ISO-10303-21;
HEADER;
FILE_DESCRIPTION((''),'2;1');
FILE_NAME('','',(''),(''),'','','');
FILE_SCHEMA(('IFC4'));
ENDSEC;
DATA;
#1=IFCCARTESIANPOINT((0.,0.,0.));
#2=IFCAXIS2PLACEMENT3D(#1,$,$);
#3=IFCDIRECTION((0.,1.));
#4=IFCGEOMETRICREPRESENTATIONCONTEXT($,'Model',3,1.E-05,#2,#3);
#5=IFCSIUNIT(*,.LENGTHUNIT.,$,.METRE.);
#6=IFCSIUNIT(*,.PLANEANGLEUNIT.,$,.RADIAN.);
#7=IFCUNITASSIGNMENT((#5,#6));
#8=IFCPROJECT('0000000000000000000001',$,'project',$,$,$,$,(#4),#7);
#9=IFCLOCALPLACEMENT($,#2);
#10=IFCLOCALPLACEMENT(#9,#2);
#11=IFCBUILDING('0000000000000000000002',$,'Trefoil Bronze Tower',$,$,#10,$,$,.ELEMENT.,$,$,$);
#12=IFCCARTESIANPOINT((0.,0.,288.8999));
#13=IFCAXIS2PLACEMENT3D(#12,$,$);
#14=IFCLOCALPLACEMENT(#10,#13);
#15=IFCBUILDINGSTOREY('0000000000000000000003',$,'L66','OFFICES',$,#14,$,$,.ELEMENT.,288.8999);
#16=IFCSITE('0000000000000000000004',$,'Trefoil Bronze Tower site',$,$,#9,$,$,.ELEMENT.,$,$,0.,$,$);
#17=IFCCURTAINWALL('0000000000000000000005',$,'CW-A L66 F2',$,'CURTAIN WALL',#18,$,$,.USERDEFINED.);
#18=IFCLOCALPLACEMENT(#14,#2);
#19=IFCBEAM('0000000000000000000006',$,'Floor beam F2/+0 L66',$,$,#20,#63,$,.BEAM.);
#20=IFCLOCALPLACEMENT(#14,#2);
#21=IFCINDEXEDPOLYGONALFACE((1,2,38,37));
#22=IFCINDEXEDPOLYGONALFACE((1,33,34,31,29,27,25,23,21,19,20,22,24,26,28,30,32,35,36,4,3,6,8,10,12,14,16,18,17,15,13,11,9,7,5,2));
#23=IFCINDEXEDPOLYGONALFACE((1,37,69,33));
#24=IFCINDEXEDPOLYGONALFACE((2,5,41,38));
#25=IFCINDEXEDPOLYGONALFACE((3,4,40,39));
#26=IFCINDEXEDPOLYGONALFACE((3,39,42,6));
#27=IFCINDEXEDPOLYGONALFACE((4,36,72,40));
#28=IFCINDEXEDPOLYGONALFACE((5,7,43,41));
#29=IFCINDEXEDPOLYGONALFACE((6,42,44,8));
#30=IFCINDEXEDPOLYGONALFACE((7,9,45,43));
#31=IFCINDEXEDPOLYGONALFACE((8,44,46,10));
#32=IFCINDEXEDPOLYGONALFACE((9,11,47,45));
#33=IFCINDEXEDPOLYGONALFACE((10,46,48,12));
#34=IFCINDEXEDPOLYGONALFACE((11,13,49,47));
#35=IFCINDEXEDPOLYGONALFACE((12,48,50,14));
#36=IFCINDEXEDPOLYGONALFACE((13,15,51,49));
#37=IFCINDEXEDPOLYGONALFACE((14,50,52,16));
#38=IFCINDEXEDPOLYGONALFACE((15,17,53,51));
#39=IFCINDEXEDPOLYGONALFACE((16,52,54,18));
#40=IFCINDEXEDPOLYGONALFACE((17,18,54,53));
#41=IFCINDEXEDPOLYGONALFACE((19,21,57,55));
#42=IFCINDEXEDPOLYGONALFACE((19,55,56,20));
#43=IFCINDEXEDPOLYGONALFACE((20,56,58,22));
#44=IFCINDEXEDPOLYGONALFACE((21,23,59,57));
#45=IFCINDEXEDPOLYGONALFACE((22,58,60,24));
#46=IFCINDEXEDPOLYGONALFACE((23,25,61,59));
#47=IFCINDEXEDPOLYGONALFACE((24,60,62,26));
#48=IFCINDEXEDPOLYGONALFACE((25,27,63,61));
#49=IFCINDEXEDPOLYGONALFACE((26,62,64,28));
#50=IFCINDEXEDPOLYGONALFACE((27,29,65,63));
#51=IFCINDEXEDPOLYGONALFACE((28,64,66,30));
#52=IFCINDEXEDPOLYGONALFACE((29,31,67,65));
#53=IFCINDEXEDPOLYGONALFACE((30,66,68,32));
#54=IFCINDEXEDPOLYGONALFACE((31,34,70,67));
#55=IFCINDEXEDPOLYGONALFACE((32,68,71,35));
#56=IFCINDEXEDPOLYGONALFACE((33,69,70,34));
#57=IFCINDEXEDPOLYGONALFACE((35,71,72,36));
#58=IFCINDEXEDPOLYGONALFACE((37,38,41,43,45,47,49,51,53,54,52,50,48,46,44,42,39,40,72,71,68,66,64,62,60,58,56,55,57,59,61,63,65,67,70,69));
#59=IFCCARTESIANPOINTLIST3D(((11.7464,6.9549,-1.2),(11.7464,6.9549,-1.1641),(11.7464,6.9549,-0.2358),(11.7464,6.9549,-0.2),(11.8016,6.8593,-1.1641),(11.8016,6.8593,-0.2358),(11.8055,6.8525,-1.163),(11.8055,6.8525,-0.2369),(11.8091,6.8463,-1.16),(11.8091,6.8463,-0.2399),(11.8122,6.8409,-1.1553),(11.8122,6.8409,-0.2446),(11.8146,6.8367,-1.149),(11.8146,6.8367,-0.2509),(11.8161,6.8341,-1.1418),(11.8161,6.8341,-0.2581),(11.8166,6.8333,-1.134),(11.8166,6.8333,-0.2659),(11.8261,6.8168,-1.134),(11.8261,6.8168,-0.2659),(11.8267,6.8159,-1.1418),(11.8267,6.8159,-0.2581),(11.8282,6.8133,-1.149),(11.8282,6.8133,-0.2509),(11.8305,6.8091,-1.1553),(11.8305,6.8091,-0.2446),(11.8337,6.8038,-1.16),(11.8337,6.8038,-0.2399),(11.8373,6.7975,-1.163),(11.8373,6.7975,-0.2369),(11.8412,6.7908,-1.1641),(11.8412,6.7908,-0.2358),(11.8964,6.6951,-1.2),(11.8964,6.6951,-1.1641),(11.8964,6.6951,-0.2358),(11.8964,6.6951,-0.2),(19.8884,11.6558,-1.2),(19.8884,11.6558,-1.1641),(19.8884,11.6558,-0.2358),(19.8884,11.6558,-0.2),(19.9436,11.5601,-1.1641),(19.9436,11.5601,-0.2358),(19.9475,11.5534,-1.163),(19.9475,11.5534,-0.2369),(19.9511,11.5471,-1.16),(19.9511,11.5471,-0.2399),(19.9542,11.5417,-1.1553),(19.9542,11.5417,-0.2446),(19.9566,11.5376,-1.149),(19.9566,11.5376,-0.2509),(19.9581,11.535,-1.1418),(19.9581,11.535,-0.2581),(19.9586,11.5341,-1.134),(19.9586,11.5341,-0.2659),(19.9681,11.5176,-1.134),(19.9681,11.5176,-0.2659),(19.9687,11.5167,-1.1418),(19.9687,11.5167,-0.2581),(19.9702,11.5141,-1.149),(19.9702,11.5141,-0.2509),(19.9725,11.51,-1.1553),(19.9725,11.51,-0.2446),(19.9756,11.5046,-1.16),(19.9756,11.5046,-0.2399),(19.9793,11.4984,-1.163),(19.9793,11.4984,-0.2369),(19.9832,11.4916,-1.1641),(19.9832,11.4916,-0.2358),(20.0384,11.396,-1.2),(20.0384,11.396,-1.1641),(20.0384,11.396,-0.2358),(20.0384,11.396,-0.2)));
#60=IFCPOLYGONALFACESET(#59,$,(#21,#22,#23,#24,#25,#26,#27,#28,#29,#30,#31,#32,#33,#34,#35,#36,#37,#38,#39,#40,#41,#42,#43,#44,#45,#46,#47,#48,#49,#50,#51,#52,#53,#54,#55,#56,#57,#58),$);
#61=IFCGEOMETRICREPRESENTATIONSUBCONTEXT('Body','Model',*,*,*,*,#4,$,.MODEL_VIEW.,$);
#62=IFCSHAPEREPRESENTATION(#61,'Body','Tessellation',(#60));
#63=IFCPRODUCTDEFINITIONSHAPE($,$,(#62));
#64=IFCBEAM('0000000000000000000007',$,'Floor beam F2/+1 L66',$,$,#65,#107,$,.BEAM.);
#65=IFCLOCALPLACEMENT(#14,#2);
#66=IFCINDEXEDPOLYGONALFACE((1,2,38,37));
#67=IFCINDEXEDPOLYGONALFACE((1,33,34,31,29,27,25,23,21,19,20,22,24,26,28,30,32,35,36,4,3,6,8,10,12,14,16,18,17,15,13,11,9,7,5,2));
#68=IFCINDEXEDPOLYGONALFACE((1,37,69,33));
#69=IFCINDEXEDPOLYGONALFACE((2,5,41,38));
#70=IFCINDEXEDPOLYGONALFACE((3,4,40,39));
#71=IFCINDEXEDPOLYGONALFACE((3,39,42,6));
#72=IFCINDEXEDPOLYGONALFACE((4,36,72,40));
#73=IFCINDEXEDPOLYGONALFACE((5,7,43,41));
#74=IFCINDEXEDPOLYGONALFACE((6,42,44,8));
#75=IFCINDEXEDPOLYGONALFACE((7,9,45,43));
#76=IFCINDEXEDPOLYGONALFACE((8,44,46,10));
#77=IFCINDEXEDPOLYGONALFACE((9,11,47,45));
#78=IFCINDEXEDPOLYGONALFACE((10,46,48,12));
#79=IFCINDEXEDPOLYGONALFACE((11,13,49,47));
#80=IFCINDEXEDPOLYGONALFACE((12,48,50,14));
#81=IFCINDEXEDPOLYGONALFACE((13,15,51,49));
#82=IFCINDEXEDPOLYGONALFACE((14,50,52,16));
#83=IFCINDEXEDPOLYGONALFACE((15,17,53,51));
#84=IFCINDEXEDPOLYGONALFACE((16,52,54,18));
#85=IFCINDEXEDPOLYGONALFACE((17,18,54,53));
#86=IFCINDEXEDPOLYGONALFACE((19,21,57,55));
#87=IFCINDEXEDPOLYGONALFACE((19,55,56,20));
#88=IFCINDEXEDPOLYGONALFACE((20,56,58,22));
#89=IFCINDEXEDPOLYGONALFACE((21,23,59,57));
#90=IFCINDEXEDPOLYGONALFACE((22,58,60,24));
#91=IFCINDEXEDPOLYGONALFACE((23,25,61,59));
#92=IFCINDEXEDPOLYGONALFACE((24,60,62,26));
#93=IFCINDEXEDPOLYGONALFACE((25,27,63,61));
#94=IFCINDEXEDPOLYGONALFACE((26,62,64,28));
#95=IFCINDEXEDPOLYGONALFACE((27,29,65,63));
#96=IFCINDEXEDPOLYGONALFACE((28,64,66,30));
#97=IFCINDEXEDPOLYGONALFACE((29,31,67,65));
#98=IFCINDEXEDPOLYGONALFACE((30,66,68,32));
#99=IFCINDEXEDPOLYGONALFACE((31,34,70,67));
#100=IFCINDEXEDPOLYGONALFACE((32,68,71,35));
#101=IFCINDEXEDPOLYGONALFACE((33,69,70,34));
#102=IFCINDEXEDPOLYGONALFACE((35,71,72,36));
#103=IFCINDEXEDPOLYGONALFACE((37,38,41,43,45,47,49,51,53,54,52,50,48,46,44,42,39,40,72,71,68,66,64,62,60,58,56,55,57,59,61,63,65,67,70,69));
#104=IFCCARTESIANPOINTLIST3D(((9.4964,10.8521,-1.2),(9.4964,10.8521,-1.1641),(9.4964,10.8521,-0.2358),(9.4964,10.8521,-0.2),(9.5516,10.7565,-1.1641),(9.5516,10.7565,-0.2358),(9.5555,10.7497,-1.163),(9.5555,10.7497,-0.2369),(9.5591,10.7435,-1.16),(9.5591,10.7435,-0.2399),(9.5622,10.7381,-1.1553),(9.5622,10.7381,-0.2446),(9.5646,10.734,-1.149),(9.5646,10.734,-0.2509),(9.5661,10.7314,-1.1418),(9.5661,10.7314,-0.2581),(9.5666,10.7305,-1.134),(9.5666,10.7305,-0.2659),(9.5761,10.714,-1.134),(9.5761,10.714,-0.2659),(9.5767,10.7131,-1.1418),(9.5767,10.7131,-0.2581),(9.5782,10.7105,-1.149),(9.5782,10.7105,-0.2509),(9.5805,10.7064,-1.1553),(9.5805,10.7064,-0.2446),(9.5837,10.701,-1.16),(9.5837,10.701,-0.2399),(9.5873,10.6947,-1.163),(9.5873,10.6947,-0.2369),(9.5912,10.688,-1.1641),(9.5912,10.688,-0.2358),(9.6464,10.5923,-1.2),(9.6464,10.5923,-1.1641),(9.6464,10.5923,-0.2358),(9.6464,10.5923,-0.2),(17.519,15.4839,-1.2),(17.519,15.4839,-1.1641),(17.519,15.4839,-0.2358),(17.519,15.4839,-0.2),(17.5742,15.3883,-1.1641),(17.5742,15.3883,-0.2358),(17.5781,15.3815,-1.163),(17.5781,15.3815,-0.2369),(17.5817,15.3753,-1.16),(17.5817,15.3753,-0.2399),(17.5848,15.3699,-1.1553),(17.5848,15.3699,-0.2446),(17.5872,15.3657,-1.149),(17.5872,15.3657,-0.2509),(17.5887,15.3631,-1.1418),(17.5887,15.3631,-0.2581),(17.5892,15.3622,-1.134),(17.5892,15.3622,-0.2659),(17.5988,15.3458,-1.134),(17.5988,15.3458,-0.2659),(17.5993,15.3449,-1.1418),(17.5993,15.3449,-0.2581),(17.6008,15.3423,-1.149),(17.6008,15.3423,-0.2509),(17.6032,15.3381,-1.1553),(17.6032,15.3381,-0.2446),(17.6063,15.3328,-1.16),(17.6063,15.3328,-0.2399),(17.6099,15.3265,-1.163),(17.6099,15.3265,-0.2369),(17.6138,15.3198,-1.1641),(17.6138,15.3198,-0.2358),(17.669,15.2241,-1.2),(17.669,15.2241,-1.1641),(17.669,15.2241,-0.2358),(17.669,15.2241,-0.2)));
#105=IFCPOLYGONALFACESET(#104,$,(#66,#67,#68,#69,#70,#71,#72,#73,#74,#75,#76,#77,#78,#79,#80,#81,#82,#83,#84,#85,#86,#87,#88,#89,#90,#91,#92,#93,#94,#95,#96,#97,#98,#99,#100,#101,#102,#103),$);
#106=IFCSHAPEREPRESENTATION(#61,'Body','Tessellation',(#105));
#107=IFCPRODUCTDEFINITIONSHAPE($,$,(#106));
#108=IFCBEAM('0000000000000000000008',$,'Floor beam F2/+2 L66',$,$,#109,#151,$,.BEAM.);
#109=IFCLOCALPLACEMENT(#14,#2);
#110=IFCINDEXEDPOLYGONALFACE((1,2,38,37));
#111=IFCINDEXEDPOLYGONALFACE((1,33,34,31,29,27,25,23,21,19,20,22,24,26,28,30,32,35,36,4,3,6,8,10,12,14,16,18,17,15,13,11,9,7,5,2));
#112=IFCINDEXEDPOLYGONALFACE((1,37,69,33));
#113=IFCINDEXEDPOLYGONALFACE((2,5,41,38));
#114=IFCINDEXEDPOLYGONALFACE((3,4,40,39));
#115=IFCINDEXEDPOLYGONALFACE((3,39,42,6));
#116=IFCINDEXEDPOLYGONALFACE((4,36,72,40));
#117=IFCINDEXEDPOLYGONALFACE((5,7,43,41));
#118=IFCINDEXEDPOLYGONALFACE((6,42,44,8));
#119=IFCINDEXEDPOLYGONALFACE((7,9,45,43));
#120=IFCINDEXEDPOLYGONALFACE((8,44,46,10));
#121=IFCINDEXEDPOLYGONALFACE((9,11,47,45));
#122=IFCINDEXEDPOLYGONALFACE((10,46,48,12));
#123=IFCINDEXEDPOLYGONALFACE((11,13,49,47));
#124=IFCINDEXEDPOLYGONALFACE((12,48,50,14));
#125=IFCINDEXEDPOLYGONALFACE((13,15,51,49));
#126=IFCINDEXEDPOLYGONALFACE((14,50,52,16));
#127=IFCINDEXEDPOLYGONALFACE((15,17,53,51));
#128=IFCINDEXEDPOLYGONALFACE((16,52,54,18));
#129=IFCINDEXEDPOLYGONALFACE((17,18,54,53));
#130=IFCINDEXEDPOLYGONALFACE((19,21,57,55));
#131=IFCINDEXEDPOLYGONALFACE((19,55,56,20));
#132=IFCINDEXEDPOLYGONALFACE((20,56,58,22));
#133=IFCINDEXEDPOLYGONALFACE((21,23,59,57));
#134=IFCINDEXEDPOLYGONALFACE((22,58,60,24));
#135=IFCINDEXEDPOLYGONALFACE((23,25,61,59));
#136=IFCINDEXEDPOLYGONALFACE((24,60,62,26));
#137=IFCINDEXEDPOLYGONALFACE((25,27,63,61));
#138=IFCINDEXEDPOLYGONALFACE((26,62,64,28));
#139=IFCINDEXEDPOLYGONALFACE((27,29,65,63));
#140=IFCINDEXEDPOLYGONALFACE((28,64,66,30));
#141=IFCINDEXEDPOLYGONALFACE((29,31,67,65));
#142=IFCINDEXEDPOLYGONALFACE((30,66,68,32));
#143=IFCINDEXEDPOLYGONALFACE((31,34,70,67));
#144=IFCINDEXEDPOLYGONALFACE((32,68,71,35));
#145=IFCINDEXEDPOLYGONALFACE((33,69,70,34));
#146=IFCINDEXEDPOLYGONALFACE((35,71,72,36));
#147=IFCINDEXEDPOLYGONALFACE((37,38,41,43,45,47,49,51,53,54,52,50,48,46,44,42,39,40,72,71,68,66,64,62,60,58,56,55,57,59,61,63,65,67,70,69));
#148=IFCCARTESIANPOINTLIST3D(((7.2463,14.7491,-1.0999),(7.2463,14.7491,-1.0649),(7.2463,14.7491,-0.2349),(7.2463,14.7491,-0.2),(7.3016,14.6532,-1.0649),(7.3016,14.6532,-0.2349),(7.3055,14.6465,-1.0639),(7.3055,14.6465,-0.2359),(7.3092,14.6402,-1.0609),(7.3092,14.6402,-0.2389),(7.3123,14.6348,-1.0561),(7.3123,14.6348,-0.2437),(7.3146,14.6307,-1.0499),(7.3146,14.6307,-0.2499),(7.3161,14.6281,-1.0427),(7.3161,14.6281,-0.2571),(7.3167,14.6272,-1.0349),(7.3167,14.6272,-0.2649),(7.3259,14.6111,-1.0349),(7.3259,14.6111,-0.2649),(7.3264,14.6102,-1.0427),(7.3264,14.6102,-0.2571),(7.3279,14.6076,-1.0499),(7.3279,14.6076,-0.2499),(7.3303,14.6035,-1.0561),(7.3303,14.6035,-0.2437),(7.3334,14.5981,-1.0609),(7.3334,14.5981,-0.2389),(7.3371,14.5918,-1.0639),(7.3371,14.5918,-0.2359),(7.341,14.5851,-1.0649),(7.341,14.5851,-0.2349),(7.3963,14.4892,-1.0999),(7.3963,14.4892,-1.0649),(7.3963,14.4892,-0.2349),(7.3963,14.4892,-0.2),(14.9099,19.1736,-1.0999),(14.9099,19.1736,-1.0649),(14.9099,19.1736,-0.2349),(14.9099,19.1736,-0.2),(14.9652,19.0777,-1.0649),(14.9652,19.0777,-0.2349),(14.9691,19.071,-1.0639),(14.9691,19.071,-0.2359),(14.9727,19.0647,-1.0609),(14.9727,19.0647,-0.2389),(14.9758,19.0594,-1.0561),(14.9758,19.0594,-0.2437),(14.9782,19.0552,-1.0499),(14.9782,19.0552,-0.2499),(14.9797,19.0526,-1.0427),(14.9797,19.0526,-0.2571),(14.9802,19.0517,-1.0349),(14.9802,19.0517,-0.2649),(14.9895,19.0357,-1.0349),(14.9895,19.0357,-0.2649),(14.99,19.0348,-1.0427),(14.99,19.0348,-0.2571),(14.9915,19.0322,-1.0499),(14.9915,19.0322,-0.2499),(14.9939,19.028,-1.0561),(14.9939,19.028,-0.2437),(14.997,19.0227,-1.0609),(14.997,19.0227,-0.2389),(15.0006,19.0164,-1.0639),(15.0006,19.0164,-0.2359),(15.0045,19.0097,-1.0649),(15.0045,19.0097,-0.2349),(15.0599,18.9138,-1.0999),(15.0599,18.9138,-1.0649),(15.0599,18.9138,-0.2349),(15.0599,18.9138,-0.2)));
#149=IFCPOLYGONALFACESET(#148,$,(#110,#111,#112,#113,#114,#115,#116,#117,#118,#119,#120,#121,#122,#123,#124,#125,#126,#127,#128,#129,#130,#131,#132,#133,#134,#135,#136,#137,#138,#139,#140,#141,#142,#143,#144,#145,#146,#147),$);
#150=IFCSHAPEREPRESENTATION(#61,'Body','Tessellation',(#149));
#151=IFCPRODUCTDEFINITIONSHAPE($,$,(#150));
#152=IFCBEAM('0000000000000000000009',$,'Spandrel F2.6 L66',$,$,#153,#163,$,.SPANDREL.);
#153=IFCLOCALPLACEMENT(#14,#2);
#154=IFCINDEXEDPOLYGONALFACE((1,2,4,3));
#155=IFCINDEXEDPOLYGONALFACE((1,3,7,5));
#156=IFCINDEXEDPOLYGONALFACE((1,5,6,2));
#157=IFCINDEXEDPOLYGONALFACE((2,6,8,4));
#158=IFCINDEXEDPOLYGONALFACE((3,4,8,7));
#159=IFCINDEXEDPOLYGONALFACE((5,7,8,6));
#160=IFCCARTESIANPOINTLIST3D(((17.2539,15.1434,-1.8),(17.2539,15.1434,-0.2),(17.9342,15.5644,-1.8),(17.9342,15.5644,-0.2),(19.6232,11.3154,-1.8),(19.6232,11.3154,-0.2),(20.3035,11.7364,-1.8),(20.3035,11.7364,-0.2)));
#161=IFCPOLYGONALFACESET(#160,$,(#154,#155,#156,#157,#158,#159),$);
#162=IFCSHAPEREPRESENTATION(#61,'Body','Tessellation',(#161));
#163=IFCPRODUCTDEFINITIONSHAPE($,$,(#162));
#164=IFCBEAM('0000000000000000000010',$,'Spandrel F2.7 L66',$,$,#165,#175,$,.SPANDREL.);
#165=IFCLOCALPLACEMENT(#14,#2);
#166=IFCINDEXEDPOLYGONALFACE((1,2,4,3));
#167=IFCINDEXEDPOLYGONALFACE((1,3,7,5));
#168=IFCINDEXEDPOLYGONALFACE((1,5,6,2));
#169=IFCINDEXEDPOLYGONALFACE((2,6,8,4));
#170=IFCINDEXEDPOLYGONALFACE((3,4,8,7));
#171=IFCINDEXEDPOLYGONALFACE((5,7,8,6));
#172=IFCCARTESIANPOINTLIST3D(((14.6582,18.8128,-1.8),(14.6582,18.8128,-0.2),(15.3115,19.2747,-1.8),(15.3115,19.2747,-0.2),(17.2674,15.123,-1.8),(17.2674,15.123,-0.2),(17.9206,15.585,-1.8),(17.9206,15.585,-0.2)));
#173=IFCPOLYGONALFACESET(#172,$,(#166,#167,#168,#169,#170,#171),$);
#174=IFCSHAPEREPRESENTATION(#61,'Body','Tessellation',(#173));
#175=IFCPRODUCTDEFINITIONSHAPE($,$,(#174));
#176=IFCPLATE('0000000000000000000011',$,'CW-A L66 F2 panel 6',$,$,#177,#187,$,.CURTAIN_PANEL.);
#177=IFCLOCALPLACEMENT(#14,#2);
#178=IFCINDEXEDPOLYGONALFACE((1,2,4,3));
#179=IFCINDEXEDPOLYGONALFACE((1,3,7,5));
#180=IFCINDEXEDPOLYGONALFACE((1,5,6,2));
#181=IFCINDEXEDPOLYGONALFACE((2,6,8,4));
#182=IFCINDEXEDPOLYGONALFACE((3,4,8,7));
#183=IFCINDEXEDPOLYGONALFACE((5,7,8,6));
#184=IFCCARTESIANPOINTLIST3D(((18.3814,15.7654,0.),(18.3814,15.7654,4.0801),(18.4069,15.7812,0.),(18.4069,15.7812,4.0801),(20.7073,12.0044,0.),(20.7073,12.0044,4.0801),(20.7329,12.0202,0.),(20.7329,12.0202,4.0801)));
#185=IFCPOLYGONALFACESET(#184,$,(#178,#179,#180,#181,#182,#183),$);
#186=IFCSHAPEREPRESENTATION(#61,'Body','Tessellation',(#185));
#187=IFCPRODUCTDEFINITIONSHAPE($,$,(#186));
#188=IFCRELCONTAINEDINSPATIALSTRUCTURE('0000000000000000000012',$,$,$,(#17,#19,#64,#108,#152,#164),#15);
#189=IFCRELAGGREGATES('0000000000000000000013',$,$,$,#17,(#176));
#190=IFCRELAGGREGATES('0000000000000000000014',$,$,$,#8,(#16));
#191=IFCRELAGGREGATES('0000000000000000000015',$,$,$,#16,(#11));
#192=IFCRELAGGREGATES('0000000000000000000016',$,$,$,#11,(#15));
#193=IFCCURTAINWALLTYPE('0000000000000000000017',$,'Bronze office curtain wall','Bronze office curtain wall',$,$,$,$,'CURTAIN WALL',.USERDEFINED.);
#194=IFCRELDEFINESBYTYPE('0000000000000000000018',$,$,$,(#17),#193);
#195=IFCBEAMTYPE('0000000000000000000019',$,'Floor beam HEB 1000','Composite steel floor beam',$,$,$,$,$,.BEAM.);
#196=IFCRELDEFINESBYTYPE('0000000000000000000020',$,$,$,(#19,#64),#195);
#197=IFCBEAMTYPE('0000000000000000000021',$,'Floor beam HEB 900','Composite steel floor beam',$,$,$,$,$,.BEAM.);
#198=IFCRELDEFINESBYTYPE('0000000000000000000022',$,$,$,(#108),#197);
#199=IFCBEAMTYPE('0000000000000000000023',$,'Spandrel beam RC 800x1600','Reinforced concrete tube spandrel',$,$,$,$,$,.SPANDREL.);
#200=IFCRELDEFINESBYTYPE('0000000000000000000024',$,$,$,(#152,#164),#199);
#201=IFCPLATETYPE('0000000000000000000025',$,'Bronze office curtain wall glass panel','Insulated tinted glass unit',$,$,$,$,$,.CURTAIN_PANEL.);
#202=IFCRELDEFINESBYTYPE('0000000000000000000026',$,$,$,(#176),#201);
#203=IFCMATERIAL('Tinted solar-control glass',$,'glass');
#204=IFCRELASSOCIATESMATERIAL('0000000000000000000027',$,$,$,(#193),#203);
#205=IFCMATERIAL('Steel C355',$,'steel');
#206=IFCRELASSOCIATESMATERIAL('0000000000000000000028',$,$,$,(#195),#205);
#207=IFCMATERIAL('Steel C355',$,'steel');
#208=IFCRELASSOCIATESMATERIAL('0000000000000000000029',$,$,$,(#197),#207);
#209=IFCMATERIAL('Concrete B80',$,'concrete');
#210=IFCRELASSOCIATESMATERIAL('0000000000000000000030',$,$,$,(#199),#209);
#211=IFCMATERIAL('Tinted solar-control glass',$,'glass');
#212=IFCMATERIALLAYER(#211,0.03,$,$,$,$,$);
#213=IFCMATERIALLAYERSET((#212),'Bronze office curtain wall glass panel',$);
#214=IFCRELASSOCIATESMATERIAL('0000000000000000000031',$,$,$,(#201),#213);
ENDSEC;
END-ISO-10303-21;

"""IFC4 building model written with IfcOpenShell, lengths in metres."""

from ifc_helpers import new_model, si_unit, direction, frame, origin, origin_2d, place, context, subcontext, project, spatial, rectangle, i_section, extrude, material, layer, layer_set, material_profile, profile_set, type_object, element, aggregate, save


model = new_model("IFC4")

# Units and contexts
model_context = context("Model", 3, precision=1e-05, world=origin(), true_north=direction((0.0, 1.0)))
body_context = subcontext(model_context, "Body", "Model", "MODEL_VIEW")
ifc_project = project(units=[si_unit("LENGTHUNIT", "METRE"), si_unit("PLANEANGLEUNIT", "RADIAN")], contexts=[model_context])

# Site, building, storey
site_placement = place(None, origin())
site = spatial("IfcSite", under=ifc_project, at=site_placement, Name="Trefoil Bronze Tower site", CompositionType="ELEMENT", RefElevation=0.0)
building_placement = place(site_placement, origin())
building = spatial("IfcBuilding", under=site, at=building_placement, Name="Trefoil Bronze Tower", CompositionType="ELEMENT")
storey_placement = place(building_placement, frame((0.0, 0.0, 288.8999)))
storey = spatial("IfcBuildingStorey", under=building, at=storey_placement, Name="L66", Description="OFFICES", CompositionType="ELEMENT", Elevation=288.8999)

# Curtain wall
ifc_material_1 = material(Name="Tinted solar-control glass", Category="glass")
curtain_wall_type = type_object("IfcCurtainWallType", Name="Bronze office curtain wall", Description="Bronze office curtain wall", ElementType="CURTAIN WALL", PredefinedType="USERDEFINED", material=ifc_material_1)
curtain_wall_placement = place(storey_placement, origin())
curtain_wall = element("IfcCurtainWall", 1, at=curtain_wall_placement, inside=storey, type_object=curtain_wall_type, Name="CW-A L66 F2", ObjectType="CURTAIN WALL", PredefinedType="USERDEFINED")

# Beams
ifc_material_2 = material(Name="Steel C355", Category="steel")
ifc_material_profile_1 = material_profile(ifc_material_2, i_section(OverallWidth=0.3, OverallDepth=1.0, WebThickness=0.019, FlangeThickness=0.0359, FilletRadius=0.03, at=origin_2d()), Name="HEB 1000")
ifc_profile_set_1 = profile_set([ifc_material_profile_1], Name="Steel C355")
beam_type_1 = type_object("IfcBeamType", Name="Floor beam HEB 1000", Description="Composite steel floor beam", PredefinedType="BEAM", material=ifc_profile_set_1)
beam_1_placement = place(storey_placement, frame((19.9634, 11.5259, -0.7), z_axis=(-0.866021, -0.500007, 0.0), x_axis=(0.500007, -0.866021, 0.0)))
element("IfcBeam", 2, at=beam_1_placement, inside=storey, type_object=beam_type_1, Name="Floor beam F2/+0 L66", PredefinedType="BEAM", context=body_context, shape_type="SweptSolid", body=[
    extrude(i_section(OverallWidth=0.3, OverallDepth=1.0, WebThickness=0.019, FlangeThickness=0.0359, FilletRadius=0.03, at=origin_2d()), origin(), (0.0, 0.0, 1.0), 9.4016),
])
beam_2_placement = place(storey_placement, frame((17.594, 15.354, -0.7), z_axis=(-0.866029, -0.499994, 0.0), x_axis=(0.499994, -0.866029, 0.0)))
element("IfcBeam", 3, at=beam_2_placement, inside=storey, type_object=beam_type_1, Name="Floor beam F2/+1 L66", PredefinedType="BEAM", context=body_context, shape_type="SweptSolid", body=[
    extrude(i_section(OverallWidth=0.3, OverallDepth=1.0, WebThickness=0.019, FlangeThickness=0.0359, FilletRadius=0.03, at=origin_2d()), origin(), (0.0, 0.0, 1.0), 9.2637),
])
ifc_material_3 = material(Name="Steel C355", Category="steel")
ifc_material_profile_2 = material_profile(ifc_material_3, i_section(OverallWidth=0.3, OverallDepth=0.8999, WebThickness=0.0186, FlangeThickness=0.0349, FilletRadius=0.03, at=origin_2d()), Name="HEB 900")
ifc_profile_set_2 = profile_set([ifc_material_profile_2], Name="Steel C355")
beam_type_2 = type_object("IfcBeamType", Name="Floor beam HEB 900", Description="Composite steel floor beam", PredefinedType="BEAM", material=ifc_profile_set_2)
beam_3_placement = place(storey_placement, frame((14.9849, 19.0437, -0.6499), z_axis=(-0.866026, -0.499999, 0.0), x_axis=(0.499999, -0.866026, 0.0)))
element("IfcBeam", 4, at=beam_3_placement, inside=storey, type_object=beam_type_2, Name="Floor beam F2/+2 L66", PredefinedType="BEAM", context=body_context, shape_type="SweptSolid", body=[
    extrude(i_section(OverallWidth=0.3, OverallDepth=0.8999, WebThickness=0.0186, FlangeThickness=0.0349, FilletRadius=0.03, at=origin_2d()), origin(), (0.0, 0.0, 1.0), 8.8491),
])
ifc_material_4 = material(Name="Concrete B80", Category="concrete")
ifc_material_profile_3 = material_profile(ifc_material_4, rectangle(XDim=0.8, YDim=1.6001, at=origin_2d()), Name="RC 800x1600")
ifc_profile_set_3 = profile_set([ifc_material_profile_3], Name="Concrete B80")
beam_type_3 = type_object("IfcBeamType", Name="Spandrel beam RC 800x1600", Description="Reinforced concrete tube spandrel", PredefinedType="SPANDREL", material=ifc_profile_set_3)
beam_4_placement = place(storey_placement, frame((19.9634, 11.5259, -1.0), z_axis=(-0.526289, 0.850306, 0.0), x_axis=(-0.850306, -0.526289, 0.0)))
element("IfcBeam", 5, at=beam_4_placement, inside=storey, type_object=beam_type_3, Name="Spandrel F2.6 L66", PredefinedType="SPANDREL", context=body_context, shape_type="SweptSolid", body=[
    extrude(rectangle(XDim=0.8, YDim=1.6001, at=origin_2d()), origin(), (0.0, 0.0, 1.0), 4.502),
])
beam_5_placement = place(storey_placement, frame((17.594, 15.354, -1.0), z_axis=(-0.577368, 0.816484, 0.0), x_axis=(-0.816484, -0.577368, 0.0)))
element("IfcBeam", 6, at=beam_5_placement, inside=storey, type_object=beam_type_3, Name="Spandrel F2.7 L66", PredefinedType="SPANDREL", context=body_context, shape_type="SweptSolid", body=[
    extrude(rectangle(XDim=0.8, YDim=1.6001, at=origin_2d()), origin(), (0.0, 0.0, 1.0), 4.519),
])

# Plate
ifc_material_5 = material(Name="Tinted solar-control glass", Category="glass")
ifc_layer_1 = layer(ifc_material_5, 0.03)
ifc_layer_set_1 = layer_set([ifc_layer_1], Name="Bronze office curtain wall glass panel")
plate_type = type_object("IfcPlateType", Name="Bronze office curtain wall glass panel", Description="Insulated tinted glass unit", PredefinedType="CURTAIN_PANEL", material=ifc_layer_set_1)
plate_1_placement = place(storey_placement, frame((19.5571, 13.8928, 0.0), z_axis=(0.0, 0.0, 1.0), x_axis=(-0.52598, 0.850497, 0.0)))
plate_1 = element("IfcPlate", 7, at=plate_1_placement, type_object=plate_type, Name="CW-A L66 F2 panel 6", PredefinedType="CURTAIN_PANEL", context=body_context, shape_type="SweptSolid", body=[
    extrude(rectangle(XDim=4.4221, YDim=0.03, at=origin_2d()), origin(), (0.0, 0.0, 1.0), 4.0801),
])
aggregate(curtain_wall, [plate_1])

save(model, "model.ifc")
